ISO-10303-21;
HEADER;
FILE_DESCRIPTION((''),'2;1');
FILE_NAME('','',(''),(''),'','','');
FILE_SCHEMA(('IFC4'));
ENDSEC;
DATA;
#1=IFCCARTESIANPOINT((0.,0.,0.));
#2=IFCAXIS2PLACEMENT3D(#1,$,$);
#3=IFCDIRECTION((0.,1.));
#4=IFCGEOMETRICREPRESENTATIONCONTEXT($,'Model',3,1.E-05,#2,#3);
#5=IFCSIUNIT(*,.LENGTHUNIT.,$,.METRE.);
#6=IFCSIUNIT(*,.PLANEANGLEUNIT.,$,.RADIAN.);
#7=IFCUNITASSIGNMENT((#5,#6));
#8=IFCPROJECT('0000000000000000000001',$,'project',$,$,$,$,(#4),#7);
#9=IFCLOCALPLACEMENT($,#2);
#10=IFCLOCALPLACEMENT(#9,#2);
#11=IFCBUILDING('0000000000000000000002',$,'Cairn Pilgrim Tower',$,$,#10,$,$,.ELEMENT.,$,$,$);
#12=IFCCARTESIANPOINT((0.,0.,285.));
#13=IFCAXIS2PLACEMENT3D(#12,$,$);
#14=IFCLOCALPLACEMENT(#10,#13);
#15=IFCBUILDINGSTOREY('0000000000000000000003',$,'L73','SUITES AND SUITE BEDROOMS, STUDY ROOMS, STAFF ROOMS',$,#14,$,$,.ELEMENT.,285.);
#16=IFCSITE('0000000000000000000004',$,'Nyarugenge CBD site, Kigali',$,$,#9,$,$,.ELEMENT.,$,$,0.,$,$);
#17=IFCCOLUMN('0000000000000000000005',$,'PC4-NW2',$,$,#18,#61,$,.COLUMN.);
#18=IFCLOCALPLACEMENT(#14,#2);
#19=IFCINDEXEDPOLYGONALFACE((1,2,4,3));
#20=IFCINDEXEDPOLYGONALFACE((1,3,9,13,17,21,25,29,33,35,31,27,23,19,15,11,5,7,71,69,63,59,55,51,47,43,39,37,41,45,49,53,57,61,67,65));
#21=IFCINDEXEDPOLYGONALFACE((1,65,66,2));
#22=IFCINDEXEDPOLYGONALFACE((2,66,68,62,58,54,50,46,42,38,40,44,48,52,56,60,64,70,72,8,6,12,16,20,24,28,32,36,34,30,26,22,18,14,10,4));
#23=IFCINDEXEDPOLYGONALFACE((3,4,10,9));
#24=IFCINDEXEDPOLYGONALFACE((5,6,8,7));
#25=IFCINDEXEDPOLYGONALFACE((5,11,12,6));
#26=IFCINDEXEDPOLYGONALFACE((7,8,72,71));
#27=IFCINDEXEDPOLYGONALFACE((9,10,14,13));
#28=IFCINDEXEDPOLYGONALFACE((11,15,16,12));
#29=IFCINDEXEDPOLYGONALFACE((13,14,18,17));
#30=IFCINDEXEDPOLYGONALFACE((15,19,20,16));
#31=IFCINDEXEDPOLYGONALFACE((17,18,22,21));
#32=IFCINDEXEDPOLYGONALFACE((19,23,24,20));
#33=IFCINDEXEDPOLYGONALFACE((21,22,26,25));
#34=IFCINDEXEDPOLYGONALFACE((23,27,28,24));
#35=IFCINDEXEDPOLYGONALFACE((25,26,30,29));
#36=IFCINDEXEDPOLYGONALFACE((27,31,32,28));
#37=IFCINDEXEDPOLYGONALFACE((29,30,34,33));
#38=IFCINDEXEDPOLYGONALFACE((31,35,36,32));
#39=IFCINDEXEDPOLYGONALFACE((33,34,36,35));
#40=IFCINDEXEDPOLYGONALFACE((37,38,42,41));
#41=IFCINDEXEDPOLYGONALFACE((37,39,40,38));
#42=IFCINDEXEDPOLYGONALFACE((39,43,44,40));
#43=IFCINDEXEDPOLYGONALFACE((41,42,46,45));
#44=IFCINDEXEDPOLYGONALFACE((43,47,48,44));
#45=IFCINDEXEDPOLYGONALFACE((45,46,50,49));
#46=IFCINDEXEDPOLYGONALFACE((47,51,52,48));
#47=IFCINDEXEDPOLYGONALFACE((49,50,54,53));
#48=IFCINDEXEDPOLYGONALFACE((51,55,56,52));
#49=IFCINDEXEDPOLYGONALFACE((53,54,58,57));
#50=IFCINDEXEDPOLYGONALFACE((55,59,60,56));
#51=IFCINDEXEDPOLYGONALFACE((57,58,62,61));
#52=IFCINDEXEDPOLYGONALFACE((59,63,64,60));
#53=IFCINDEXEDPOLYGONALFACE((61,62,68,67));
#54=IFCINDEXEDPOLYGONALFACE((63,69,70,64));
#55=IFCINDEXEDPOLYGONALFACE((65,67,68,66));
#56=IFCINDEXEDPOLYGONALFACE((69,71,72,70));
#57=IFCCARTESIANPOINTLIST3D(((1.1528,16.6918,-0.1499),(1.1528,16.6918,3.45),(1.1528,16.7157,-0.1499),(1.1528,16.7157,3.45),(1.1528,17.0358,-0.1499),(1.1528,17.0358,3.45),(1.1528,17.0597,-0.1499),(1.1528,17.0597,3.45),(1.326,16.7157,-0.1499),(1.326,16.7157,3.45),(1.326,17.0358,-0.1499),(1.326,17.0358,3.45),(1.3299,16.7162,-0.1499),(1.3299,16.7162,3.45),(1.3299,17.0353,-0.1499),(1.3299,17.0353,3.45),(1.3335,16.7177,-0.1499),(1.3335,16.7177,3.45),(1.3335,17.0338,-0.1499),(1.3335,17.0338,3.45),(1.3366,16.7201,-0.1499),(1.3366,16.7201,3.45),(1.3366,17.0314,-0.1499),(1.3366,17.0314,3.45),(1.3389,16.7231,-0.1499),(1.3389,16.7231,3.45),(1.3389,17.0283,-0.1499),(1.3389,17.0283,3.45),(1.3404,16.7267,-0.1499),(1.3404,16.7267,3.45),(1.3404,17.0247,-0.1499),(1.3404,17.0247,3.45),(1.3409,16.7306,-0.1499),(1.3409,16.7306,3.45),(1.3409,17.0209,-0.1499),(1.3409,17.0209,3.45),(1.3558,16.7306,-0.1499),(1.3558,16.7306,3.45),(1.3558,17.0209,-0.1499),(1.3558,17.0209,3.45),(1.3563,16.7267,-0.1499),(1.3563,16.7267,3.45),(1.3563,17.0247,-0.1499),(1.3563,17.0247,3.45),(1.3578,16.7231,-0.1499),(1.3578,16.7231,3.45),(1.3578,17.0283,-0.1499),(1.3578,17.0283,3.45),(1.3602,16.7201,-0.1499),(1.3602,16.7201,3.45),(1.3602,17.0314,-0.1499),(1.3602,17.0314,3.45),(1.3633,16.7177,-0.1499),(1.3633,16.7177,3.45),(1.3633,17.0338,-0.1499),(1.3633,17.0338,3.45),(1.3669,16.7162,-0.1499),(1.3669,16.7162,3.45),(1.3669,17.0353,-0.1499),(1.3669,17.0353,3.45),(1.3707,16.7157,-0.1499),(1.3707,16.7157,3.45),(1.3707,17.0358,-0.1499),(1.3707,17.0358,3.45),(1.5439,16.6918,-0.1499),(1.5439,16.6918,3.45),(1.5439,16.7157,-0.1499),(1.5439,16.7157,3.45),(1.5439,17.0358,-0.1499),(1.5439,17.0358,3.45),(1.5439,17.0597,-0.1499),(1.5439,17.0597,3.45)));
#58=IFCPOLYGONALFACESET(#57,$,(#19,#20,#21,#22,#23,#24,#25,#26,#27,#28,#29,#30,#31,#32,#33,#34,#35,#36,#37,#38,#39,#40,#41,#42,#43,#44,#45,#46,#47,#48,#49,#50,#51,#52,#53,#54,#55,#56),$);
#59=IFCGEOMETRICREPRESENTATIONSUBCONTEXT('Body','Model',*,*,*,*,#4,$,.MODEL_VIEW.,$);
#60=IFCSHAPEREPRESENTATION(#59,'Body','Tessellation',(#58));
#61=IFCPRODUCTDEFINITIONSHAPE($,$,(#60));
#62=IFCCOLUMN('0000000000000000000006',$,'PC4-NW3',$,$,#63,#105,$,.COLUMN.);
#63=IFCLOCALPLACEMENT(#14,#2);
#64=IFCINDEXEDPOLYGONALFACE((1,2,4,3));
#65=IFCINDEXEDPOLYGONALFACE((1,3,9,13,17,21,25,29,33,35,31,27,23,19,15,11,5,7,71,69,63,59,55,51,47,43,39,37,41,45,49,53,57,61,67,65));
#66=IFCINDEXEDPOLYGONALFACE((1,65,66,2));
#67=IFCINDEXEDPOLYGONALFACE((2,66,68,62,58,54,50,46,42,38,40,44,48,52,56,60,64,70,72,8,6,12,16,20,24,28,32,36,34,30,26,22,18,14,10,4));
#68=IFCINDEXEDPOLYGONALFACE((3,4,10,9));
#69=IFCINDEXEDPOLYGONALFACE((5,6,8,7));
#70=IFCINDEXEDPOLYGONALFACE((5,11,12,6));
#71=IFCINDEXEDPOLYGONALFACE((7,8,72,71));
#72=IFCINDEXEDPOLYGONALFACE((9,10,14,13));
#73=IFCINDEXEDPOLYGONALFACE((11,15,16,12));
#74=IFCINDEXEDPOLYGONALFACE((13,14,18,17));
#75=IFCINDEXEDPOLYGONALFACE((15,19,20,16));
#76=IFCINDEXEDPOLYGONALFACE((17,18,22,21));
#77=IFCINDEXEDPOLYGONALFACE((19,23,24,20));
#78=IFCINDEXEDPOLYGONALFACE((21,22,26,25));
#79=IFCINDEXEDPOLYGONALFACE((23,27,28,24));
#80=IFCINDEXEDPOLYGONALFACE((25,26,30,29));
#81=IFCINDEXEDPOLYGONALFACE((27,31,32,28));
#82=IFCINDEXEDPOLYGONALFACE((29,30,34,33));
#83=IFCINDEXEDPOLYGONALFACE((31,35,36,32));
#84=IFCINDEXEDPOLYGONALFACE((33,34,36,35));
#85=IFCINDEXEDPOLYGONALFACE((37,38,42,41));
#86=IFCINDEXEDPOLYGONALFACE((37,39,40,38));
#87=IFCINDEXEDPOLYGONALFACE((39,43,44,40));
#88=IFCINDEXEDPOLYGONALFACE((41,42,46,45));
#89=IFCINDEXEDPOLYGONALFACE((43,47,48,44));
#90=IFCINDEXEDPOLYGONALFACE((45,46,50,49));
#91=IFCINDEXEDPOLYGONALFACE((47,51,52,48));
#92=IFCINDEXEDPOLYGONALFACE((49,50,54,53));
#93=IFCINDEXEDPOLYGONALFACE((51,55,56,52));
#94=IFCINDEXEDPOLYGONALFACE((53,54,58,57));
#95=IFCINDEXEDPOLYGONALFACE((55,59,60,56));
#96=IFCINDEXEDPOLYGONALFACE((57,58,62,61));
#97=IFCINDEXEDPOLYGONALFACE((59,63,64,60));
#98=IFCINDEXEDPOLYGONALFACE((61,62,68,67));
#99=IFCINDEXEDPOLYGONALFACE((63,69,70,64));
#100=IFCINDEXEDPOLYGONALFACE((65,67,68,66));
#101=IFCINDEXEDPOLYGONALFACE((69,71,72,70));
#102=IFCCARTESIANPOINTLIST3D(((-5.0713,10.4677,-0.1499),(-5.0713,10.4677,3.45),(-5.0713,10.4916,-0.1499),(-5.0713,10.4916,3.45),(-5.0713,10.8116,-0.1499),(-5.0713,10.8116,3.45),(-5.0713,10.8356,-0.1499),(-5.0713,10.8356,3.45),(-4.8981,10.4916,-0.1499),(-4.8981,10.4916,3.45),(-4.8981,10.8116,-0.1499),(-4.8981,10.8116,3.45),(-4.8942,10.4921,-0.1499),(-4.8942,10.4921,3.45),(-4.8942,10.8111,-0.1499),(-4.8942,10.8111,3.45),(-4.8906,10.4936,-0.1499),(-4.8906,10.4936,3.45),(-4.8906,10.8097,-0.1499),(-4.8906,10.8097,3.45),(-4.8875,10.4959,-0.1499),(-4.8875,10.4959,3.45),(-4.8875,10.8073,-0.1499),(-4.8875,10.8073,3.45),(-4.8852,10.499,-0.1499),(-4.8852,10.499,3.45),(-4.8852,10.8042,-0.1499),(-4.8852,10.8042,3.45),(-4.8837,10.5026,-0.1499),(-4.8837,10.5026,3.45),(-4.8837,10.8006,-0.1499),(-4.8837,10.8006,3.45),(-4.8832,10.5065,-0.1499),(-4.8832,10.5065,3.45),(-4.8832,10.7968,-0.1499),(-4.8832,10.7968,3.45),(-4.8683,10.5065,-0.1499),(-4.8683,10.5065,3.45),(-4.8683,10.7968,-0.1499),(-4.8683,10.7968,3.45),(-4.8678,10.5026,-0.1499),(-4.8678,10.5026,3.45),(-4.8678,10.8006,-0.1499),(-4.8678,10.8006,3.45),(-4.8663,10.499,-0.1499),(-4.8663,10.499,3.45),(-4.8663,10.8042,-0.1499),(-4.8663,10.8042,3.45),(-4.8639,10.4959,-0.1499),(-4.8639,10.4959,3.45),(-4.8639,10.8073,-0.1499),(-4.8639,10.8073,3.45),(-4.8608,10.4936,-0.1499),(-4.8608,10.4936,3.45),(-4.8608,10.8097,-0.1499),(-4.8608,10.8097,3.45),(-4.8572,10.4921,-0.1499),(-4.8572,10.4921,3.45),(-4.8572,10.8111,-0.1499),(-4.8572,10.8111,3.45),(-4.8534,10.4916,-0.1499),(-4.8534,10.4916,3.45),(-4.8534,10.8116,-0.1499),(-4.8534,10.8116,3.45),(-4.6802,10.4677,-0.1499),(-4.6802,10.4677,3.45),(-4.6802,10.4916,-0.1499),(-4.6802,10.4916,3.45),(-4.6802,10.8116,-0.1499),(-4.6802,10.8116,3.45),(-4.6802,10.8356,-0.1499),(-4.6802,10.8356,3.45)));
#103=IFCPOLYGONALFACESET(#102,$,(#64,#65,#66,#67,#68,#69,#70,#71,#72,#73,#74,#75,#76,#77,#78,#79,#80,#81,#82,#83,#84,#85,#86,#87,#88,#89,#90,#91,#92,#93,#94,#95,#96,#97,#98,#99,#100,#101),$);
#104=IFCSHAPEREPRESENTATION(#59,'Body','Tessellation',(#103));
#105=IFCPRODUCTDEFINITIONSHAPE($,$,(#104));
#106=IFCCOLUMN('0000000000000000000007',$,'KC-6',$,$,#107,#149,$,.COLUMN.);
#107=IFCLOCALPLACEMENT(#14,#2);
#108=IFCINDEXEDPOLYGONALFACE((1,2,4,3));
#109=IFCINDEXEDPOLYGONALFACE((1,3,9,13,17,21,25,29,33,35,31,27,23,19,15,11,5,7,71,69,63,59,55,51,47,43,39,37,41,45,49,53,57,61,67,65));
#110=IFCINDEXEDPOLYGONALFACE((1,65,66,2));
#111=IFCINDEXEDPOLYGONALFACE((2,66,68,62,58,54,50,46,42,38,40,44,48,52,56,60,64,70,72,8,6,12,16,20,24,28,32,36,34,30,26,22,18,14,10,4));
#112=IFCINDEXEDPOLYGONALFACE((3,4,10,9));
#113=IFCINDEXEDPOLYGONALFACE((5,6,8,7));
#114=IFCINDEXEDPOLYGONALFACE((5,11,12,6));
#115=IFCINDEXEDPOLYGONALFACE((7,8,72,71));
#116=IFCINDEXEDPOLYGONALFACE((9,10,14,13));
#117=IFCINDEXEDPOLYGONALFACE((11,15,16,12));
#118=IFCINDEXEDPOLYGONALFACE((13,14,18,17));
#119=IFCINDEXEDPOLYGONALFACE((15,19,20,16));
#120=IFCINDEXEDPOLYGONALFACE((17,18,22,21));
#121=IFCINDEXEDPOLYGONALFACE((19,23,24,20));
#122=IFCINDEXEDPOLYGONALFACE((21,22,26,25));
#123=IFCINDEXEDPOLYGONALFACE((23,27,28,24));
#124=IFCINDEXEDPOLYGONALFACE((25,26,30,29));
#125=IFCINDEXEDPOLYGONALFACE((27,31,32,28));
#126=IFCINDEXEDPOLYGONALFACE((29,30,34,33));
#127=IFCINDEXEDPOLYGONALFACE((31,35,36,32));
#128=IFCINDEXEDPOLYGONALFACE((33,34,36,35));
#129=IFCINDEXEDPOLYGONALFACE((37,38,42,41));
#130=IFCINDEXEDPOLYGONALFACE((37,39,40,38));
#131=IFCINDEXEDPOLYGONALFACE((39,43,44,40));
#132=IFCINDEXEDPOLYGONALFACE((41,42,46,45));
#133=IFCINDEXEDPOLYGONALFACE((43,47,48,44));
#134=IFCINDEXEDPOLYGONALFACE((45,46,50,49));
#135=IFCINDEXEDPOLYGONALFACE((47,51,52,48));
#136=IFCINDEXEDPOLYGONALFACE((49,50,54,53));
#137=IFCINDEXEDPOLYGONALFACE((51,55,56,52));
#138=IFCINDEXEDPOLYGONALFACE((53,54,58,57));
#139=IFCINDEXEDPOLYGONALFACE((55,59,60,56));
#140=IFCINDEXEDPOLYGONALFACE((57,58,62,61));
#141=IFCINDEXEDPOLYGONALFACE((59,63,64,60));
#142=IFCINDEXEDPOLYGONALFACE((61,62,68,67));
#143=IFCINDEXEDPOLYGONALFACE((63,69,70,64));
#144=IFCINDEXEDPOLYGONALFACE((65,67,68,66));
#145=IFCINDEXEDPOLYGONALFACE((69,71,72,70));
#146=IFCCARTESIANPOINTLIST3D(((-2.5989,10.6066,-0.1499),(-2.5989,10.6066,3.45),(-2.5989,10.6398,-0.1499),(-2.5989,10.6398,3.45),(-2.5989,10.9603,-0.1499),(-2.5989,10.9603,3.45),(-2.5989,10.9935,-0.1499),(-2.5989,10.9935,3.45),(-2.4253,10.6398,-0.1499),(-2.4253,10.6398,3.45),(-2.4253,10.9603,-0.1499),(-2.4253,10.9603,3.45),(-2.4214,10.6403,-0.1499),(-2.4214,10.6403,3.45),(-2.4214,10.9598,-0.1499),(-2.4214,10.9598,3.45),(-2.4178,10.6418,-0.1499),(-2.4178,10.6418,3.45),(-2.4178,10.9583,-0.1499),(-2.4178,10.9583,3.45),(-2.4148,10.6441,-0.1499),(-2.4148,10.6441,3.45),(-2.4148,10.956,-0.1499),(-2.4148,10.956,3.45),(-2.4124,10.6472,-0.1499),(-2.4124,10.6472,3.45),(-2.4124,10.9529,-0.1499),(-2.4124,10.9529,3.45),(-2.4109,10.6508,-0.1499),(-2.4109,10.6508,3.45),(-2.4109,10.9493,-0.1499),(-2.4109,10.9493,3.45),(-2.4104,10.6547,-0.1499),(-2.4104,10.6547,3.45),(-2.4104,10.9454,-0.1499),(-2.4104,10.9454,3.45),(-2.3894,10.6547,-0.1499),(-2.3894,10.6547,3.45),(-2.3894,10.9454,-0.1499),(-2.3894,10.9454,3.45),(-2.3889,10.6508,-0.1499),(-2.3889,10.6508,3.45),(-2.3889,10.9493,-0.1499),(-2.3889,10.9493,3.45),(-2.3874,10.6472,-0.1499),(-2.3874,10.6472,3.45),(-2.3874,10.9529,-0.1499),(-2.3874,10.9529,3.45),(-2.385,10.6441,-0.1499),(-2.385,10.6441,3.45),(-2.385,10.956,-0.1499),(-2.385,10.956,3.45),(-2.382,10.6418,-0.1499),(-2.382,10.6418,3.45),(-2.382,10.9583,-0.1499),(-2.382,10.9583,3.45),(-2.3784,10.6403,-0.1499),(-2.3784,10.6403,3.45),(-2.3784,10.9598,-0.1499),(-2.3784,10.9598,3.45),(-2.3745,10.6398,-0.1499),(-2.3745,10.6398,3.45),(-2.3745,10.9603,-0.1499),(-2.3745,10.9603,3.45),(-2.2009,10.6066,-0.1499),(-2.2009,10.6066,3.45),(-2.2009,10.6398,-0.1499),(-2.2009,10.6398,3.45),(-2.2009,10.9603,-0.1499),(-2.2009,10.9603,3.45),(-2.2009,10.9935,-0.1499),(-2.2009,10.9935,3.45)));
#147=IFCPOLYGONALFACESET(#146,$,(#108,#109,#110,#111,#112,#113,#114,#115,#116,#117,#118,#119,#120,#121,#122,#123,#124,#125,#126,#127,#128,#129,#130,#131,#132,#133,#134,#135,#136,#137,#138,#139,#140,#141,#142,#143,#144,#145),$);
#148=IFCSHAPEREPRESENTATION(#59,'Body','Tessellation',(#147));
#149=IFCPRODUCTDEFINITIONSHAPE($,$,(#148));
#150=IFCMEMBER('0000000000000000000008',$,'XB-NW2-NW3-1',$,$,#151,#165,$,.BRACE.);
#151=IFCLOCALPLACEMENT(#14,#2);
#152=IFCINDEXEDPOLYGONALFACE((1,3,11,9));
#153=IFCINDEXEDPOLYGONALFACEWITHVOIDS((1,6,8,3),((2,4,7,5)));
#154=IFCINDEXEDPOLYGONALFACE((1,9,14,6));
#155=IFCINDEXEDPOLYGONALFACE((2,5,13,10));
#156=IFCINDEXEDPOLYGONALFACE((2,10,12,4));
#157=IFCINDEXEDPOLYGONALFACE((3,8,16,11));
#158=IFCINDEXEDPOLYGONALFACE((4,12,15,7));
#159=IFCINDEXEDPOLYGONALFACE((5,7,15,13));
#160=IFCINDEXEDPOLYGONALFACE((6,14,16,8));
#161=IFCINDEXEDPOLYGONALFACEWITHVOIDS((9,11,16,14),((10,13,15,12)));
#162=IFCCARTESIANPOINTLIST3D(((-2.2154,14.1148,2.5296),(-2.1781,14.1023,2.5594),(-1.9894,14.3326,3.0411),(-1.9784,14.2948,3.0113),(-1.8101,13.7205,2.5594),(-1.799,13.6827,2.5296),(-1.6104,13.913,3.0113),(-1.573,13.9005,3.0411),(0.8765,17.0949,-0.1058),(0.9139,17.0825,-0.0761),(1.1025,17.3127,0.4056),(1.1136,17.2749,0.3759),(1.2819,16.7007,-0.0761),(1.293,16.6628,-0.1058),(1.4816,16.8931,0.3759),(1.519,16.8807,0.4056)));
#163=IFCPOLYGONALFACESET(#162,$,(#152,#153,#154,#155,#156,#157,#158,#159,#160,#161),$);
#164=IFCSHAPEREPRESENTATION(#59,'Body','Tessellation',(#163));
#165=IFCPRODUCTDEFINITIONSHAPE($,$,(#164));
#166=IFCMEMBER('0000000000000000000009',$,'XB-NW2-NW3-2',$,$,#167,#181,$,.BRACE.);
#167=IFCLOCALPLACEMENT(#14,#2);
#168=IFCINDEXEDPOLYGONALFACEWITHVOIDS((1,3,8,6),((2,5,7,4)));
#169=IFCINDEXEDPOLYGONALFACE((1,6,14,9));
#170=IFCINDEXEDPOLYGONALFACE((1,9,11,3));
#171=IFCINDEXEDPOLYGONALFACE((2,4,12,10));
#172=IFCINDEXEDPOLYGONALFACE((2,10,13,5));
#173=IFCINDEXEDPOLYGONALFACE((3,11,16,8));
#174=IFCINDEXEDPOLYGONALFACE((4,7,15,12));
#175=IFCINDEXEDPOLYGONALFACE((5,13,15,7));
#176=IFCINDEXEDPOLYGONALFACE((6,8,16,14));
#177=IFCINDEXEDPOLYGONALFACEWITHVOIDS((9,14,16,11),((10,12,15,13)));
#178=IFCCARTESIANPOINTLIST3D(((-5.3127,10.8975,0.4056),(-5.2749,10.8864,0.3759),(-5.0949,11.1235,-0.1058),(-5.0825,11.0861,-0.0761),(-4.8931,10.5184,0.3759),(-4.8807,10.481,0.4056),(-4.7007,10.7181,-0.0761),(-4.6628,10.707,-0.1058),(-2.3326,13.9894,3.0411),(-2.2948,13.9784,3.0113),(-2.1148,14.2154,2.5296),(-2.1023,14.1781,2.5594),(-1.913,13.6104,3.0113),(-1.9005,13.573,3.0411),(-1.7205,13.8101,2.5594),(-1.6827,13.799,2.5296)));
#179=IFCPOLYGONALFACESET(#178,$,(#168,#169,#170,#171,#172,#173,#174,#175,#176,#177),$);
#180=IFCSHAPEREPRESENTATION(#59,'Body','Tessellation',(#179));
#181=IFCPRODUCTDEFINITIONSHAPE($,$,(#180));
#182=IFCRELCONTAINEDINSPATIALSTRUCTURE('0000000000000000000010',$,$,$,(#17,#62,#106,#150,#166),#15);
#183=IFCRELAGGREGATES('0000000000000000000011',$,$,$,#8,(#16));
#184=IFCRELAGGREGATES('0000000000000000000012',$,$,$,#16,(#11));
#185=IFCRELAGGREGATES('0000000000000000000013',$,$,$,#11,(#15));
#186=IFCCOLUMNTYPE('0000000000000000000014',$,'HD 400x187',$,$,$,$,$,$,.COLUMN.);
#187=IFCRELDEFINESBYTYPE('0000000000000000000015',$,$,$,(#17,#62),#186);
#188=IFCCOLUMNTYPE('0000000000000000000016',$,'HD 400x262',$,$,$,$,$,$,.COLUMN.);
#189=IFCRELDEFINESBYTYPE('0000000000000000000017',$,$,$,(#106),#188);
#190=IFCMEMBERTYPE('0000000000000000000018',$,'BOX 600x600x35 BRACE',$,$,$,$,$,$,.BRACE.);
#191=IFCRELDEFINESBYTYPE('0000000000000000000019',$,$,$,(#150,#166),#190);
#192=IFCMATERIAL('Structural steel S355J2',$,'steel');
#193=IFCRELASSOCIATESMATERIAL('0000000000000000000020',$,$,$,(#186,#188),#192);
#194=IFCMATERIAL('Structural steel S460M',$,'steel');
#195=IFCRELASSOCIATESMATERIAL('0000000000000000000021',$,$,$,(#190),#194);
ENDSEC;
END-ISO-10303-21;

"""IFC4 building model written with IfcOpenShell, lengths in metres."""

from ifc_helpers import new_model, si_unit, direction, frame, origin, origin_2d, place, context, subcontext, project, spatial, hollow_rectangle, i_section, extrude, material, material_profile, profile_set, type_object, element, save


model = new_model("IFC4")

# Units and contexts
model_context = context("Model", 3, precision=1e-05, world=origin(), true_north=direction((0.0, 1.0)))
body_context = subcontext(model_context, "Body", "Model", "MODEL_VIEW")
ifc_project = project(units=[si_unit("LENGTHUNIT", "METRE"), si_unit("PLANEANGLEUNIT", "RADIAN")], contexts=[model_context])

# Site, building, storey
site_placement = place(None, origin())
site = spatial("IfcSite", under=ifc_project, at=site_placement, Name="Nyarugenge CBD site, Kigali", CompositionType="ELEMENT", RefElevation=0.0)
building_placement = place(site_placement, origin())
building = spatial("IfcBuilding", under=site, at=building_placement, Name="Cairn Pilgrim Tower", CompositionType="ELEMENT")
storey_placement = place(building_placement, frame((0.0, 0.0, 285.0)))
storey = spatial("IfcBuildingStorey", under=building, at=storey_placement, Name="L73", Description="SUITES AND SUITE BEDROOMS, STUDY ROOMS, STAFF ROOMS", CompositionType="ELEMENT", Elevation=285.0)

# Columns
ifc_material_1 = material(Name="Structural steel S355J2", Category="steel")
ifc_material_profile_1 = material_profile(ifc_material_1, i_section(OverallWidth=0.3911, OverallDepth=0.3679, WebThickness=0.0149, FlangeThickness=0.0239, FilletRadius=0.0149, at=origin_2d()), Name="HD 400x187")
ifc_profile_set_1 = profile_set([ifc_material_profile_1], Name="Structural steel S355J2")
column_type_1 = type_object("IfcColumnType", Name="HD 400x187", PredefinedType="COLUMN", material=ifc_profile_set_1)
for number, where, z_axis, x_axis, name in (
    (1, (1.3484, 16.8757, -0.1499), (0.0, 0.0, 1.0), (1.0, 0.0, 0.0), "PC4-NW2"),
    (2, (-4.8757, 10.6516, -0.1499), (0.0, 0.0, 1.0), (1.0, 0.0, 0.0), "PC4-NW3"),
):
    element("IfcColumn", number, at=place(storey_placement, frame(where, z_axis=z_axis, x_axis=x_axis)), inside=storey, type_object=column_type_1, Name=name, PredefinedType="COLUMN", context=body_context, shape_type="SweptSolid", body=[
        extrude(i_section(OverallWidth=0.3911, OverallDepth=0.3679, WebThickness=0.0149, FlangeThickness=0.0239, FilletRadius=0.0149, at=origin_2d()), origin(), (0.0, 0.0, 1.0), 3.5999),
    ])
ifc_material_profile_2 = material_profile(ifc_material_1, i_section(OverallWidth=0.3979, OverallDepth=0.387, WebThickness=0.021, FlangeThickness=0.0332, FilletRadius=0.0149, at=origin_2d()), Name="HD 400x262")
ifc_profile_set_2 = profile_set([ifc_material_profile_2], Name="Structural steel S355J2")
column_type_2 = type_object("IfcColumnType", Name="HD 400x262", PredefinedType="COLUMN", material=ifc_profile_set_2)
column_placement = place(storey_placement, frame((-2.3999, 10.8, -0.1499), z_axis=(0.0, 0.0, 1.0), x_axis=(1.0, 0.0, 0.0)))
element("IfcColumn", 3, at=column_placement, inside=storey, type_object=column_type_2, Name="KC-6", PredefinedType="COLUMN", context=body_context, shape_type="SweptSolid", body=[
    extrude(i_section(OverallWidth=0.3979, OverallDepth=0.387, WebThickness=0.021, FlangeThickness=0.0332, FilletRadius=0.0149, at=origin_2d()), origin(), (0.0, 0.0, 1.0), 3.5999),
])

# Members
ifc_material_2 = material(Name="Structural steel S460M", Category="steel")
ifc_material_profile_3 = material_profile(ifc_material_2, hollow_rectangle(XDim=0.6001, YDim=0.6001, WallThickness=0.0349, at=origin_2d()), Name="BOX 600x600x35")
ifc_profile_set_3 = profile_set([ifc_material_profile_3], Name="Structural steel S460M")
member_type_1 = type_object("IfcMemberType", Name="BOX 600x600x35 BRACE", PredefinedType="BRACE", material=ifc_profile_set_3)
for number, where, z_axis, x_axis, name in (
    (4, (1.1978, 16.9878, 0.1499), (-0.613661, -0.591469, 0.523053), (0.693968, -0.720006, 0.0), "XB-NW2-NW3-1"),
    (5, (-4.9878, 10.8022, 0.1499), (0.591469, 0.613661, 0.523053), (-0.720006, 0.693968, 0.0), "XB-NW2-NW3-2"),
):
    element("IfcMember", number, at=place(storey_placement, frame(where, z_axis=z_axis, x_axis=x_axis)), inside=storey, type_object=member_type_1, Name=name, PredefinedType="BRACE", context=body_context, shape_type="SweptSolid", body=[
        extrude(hollow_rectangle(XDim=0.6001, YDim=0.6001, WallThickness=0.0349, at=origin_2d()), origin(), (0.0, 0.0, 1.0), 5.0386),
    ])

save(model, "model.ifc")
